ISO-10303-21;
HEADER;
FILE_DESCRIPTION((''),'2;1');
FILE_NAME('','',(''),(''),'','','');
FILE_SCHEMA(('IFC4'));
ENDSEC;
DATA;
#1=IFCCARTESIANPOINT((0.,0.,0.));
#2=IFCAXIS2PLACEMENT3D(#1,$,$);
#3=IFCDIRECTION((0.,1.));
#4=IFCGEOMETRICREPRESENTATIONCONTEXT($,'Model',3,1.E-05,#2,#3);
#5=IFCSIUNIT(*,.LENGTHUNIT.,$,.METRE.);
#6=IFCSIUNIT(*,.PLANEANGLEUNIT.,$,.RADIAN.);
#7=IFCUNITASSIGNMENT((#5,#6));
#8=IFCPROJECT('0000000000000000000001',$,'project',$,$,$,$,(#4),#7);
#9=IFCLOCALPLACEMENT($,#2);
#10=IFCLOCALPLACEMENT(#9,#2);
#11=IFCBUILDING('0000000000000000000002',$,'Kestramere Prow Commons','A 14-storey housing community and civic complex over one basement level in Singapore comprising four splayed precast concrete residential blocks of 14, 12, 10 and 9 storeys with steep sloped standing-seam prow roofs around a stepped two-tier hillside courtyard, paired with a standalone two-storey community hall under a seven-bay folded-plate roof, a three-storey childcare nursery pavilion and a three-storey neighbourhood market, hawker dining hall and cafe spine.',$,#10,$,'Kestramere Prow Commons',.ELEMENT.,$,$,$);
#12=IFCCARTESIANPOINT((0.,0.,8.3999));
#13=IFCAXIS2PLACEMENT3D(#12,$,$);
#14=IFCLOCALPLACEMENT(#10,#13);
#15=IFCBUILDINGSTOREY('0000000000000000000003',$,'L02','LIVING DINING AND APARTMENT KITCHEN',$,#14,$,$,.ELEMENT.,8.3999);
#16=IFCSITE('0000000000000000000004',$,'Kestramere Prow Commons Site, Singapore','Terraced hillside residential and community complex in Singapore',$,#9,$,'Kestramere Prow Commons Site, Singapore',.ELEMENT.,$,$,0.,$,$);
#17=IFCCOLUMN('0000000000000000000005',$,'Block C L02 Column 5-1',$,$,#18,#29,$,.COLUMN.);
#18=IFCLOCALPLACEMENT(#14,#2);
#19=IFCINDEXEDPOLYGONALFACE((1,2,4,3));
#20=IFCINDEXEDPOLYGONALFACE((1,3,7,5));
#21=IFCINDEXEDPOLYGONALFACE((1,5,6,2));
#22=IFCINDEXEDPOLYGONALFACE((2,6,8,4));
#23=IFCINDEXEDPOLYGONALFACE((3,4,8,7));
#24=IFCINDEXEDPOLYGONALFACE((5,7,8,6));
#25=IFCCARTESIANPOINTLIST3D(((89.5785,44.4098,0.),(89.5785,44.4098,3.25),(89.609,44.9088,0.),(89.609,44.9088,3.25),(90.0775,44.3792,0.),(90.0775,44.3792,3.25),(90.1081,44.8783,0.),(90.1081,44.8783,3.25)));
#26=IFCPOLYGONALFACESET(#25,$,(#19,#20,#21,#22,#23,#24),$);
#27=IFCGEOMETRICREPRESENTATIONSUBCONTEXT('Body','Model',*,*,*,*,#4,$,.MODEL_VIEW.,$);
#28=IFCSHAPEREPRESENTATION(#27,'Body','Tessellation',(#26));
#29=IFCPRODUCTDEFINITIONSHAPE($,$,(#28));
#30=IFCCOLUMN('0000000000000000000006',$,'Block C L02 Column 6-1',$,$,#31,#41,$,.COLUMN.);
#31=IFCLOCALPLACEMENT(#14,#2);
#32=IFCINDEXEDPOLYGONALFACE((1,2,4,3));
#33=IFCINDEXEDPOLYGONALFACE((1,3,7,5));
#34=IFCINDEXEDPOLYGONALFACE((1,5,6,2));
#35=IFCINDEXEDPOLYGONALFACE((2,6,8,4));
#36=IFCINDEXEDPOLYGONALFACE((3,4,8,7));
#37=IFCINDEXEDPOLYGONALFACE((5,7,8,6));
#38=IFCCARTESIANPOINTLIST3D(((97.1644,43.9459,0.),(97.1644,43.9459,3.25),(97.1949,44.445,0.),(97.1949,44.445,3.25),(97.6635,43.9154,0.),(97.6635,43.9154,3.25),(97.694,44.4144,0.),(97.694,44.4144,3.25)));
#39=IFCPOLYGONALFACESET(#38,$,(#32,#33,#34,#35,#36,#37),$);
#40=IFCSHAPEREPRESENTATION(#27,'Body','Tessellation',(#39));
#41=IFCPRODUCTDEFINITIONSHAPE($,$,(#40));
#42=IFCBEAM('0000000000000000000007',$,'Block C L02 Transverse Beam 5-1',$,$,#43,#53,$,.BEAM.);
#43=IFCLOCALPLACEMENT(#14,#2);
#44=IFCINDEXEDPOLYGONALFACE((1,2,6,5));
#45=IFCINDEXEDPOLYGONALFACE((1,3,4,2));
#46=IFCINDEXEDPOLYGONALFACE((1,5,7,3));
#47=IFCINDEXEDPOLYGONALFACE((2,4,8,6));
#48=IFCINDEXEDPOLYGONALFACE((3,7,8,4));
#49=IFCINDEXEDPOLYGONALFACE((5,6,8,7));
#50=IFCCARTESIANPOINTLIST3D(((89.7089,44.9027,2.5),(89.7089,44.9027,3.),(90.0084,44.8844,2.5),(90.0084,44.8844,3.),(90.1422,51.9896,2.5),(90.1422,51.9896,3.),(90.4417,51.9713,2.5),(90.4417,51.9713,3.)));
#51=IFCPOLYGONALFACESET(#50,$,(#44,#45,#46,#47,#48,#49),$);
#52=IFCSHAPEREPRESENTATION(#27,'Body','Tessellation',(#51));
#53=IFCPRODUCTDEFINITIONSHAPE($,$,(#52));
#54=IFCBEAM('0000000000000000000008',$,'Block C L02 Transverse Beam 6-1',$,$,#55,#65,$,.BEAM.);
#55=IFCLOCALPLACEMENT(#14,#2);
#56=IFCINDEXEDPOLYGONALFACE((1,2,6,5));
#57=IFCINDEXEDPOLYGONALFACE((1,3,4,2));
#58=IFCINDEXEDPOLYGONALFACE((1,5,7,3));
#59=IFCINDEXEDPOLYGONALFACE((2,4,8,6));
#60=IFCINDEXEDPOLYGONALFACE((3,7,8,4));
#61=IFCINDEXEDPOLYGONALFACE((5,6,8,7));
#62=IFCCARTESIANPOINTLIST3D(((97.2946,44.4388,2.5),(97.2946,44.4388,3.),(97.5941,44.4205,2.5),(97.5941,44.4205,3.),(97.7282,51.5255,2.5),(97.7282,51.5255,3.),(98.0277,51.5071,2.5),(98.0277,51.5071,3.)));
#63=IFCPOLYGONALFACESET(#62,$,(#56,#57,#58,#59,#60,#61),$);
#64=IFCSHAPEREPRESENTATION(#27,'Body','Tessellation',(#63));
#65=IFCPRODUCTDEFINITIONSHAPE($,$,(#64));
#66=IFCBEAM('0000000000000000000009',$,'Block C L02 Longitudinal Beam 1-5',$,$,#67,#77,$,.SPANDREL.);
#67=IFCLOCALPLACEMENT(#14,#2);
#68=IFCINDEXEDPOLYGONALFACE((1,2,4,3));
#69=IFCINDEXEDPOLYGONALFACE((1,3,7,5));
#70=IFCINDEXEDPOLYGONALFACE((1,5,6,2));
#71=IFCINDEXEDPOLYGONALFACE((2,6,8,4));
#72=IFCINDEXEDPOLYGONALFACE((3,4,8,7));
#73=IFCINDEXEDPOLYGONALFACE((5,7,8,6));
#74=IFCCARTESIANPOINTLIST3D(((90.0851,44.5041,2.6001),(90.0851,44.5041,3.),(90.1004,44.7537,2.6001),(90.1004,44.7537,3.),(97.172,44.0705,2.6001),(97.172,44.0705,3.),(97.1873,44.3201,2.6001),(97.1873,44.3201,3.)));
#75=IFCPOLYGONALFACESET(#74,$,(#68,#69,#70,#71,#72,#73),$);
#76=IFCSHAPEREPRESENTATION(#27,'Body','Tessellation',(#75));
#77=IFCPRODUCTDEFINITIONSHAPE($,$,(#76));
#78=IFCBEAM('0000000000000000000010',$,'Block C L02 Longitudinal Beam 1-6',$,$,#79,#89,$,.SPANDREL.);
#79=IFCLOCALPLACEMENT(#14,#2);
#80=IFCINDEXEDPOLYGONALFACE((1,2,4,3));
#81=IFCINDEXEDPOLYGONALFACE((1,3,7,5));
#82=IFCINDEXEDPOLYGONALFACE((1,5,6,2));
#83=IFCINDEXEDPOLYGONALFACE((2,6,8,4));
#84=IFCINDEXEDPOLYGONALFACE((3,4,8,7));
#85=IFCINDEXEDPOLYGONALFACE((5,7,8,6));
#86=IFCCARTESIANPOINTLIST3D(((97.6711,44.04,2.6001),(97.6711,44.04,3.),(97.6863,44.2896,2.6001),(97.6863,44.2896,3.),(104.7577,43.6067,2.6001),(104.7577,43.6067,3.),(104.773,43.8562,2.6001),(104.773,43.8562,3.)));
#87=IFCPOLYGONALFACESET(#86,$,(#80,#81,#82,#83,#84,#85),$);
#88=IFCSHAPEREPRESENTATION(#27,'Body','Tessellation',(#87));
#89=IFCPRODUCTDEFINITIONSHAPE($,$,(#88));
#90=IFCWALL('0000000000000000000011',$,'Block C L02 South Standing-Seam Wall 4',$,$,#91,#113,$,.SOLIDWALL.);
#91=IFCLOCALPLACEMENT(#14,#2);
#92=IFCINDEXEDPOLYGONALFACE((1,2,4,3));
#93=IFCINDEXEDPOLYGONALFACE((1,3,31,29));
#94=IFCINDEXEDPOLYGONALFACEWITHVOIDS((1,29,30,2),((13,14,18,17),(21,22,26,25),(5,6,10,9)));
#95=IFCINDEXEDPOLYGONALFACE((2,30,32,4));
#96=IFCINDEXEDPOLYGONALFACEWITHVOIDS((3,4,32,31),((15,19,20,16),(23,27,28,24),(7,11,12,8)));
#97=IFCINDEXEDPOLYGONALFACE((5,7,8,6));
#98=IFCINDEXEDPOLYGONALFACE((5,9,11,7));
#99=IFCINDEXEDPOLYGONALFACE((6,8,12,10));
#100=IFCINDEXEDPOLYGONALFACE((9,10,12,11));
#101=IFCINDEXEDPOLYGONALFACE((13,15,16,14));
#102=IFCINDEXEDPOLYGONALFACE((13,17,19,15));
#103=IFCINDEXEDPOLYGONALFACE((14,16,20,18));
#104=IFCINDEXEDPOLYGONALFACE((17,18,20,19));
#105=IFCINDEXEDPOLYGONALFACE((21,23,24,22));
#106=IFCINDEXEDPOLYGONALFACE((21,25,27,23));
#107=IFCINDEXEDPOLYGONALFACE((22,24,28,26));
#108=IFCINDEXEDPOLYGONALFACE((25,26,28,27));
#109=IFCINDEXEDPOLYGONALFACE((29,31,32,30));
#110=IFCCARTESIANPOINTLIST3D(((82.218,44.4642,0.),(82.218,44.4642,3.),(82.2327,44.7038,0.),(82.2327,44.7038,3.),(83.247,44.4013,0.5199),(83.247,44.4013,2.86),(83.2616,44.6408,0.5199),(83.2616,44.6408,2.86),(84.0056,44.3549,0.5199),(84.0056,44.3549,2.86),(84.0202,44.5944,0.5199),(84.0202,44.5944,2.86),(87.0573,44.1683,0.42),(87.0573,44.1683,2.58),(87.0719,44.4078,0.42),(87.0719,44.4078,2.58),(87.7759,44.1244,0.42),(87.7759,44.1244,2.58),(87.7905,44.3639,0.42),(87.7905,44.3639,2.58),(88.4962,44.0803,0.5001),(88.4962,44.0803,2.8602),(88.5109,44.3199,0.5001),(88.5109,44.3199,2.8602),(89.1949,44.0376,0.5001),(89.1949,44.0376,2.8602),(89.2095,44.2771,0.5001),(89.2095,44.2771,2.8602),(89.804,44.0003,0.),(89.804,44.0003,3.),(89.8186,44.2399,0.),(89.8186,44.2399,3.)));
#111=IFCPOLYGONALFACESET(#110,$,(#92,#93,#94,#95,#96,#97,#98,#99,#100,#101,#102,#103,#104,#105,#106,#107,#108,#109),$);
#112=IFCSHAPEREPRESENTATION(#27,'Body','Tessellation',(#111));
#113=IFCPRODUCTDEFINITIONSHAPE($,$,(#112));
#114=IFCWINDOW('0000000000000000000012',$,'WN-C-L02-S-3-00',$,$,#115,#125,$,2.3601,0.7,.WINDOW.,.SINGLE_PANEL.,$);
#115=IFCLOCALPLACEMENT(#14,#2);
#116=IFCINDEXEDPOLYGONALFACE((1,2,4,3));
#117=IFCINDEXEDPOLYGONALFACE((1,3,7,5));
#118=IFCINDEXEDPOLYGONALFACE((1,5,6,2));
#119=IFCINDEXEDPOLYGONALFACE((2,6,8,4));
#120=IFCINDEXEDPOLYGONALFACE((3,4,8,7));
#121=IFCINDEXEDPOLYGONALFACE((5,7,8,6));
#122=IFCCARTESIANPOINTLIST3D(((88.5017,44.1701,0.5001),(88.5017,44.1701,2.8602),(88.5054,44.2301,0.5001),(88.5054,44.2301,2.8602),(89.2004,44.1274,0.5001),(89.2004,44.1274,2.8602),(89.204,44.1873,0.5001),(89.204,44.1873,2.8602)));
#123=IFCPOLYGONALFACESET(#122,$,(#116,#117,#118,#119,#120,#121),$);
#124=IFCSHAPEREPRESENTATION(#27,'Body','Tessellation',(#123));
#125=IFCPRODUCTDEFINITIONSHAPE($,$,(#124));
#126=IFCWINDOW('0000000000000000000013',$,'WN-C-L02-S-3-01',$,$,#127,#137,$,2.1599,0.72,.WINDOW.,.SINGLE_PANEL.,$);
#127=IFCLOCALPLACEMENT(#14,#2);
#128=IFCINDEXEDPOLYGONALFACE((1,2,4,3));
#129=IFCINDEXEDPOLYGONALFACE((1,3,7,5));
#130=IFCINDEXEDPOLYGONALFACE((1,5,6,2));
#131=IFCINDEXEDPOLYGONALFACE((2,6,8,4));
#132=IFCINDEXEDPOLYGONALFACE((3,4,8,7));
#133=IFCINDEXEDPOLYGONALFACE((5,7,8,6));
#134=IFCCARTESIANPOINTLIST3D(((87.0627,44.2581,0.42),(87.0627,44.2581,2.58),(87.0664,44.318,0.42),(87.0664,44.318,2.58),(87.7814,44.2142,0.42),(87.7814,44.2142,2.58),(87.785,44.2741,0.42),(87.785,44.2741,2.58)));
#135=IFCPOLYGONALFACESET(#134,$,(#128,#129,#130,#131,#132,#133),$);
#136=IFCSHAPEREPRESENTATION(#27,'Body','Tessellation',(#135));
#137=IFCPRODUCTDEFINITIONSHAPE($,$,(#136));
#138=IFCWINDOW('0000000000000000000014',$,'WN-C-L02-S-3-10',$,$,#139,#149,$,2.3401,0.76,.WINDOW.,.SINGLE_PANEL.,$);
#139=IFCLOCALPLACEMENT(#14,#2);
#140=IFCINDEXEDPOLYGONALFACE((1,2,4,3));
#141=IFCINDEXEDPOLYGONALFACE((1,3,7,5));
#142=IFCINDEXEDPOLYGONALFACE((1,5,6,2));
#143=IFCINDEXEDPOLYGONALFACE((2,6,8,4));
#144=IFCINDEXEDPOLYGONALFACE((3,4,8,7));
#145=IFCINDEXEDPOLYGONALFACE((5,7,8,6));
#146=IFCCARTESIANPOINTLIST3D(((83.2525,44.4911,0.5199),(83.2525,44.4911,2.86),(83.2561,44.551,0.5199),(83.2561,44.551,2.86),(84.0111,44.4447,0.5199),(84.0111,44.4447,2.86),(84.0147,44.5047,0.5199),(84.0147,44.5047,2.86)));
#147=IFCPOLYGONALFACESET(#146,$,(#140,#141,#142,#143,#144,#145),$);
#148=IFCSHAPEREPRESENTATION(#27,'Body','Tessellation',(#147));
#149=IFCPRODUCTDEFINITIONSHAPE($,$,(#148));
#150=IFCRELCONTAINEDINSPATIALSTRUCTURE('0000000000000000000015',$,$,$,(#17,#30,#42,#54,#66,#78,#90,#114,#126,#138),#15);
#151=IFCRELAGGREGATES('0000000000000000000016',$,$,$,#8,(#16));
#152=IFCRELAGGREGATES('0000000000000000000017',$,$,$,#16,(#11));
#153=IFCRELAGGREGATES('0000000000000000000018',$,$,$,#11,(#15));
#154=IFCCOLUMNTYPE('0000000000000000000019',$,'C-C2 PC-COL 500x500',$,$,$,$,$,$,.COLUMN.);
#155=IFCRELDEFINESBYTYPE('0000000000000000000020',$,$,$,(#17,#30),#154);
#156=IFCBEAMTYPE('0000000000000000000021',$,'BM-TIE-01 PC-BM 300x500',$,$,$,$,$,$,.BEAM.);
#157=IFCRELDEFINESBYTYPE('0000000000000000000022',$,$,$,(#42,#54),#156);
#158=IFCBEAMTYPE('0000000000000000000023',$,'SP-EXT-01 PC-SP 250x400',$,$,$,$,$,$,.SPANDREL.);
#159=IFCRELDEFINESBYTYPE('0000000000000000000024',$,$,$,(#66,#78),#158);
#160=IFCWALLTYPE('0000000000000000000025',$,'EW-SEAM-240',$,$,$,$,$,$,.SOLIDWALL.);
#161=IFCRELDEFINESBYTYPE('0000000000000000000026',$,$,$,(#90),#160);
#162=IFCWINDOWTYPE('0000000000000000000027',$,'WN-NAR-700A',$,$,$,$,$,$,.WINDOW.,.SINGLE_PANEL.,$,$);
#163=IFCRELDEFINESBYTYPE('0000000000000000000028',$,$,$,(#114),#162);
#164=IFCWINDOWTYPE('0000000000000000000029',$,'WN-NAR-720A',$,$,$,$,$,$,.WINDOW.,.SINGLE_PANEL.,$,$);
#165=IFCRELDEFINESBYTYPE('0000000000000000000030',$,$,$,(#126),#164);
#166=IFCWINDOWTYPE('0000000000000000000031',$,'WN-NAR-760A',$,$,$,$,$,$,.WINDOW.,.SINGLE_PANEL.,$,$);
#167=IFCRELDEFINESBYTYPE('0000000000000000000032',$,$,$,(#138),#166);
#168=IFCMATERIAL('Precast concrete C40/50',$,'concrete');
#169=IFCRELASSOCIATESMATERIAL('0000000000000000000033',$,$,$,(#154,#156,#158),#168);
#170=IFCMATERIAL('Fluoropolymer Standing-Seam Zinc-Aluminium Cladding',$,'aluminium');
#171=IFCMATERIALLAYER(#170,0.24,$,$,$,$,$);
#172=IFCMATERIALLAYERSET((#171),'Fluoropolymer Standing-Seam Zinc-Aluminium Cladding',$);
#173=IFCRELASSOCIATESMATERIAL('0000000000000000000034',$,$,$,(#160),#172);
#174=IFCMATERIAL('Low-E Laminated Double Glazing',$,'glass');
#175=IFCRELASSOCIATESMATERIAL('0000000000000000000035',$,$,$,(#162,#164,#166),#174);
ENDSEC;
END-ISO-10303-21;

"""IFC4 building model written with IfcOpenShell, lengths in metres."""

from ifc_helpers import new_model, si_unit, direction, frame, frame_2d, origin, origin_2d, place, context, subcontext, project, spatial, rectangle, extrude, material, layer, layer_set, material_profile, profile_set, type_object, element, fill, save


model = new_model("IFC4")

# Units and contexts
model_context = context("Model", 3, precision=1e-05, world=origin(), true_north=direction((0.0, 1.0)))
body_context = subcontext(model_context, "Body", "Model", "MODEL_VIEW")
ifc_project = project(units=[si_unit("LENGTHUNIT", "METRE"), si_unit("PLANEANGLEUNIT", "RADIAN")], contexts=[model_context])

# Site, building, storey
site_placement = place(None, origin())
site = spatial("IfcSite", under=ifc_project, at=site_placement, Name="Kestramere Prow Commons Site, Singapore", Description="Terraced hillside residential and community complex in Singapore", LongName="Kestramere Prow Commons Site, Singapore", CompositionType="ELEMENT", RefElevation=0.0)
building_placement = place(site_placement, origin())
building = spatial("IfcBuilding", under=site, at=building_placement, Name="Kestramere Prow Commons", Description="A 14-storey housing community and civic complex over one basement level in Singapore comprising four splayed precast concrete residential blocks of 14, 12, 10 and 9 storeys with steep sloped standing-seam prow roofs around a stepped two-tier hillside courtyard, paired with a standalone two-storey community hall under a seven-bay folded-plate roof, a three-storey childcare nursery pavilion and a three-storey neighbourhood market, hawker dining hall and cafe spine.", LongName="Kestramere Prow Commons", CompositionType="ELEMENT")
storey_placement = place(building_placement, frame((0.0, 0.0, 8.3999)))
storey = spatial("IfcBuildingStorey", under=building, at=storey_placement, Name="L02", Description="LIVING DINING AND APARTMENT KITCHEN", CompositionType="ELEMENT", Elevation=8.3999)

# Columns
ifc_material_1 = material(Name="Precast concrete C40/50", Category="concrete")
ifc_material_profile_1 = material_profile(ifc_material_1, rectangle(XDim=0.5, YDim=0.5, at=origin_2d()), Name="PC-COL 500x500")
ifc_profile_set_1 = profile_set([ifc_material_profile_1], Name="Precast concrete C40/50")
column_type = type_object("IfcColumnType", Name="C-C2 PC-COL 500x500", PredefinedType="COLUMN", material=ifc_profile_set_1)
for number, where, z_axis, x_axis, name in (
    (1, (89.8433, 44.644, 0.0), (0.0, 0.0, 1.0), (0.998135, -0.061049, 0.0), "Block C L02 Column 5-1"),
    (2, (97.4292, 44.1802, 0.0), (0.0, 0.0, 1.0), (0.998135, -0.061049, 0.0), "Block C L02 Column 6-1"),
):
    element("IfcColumn", number, at=place(storey_placement, frame(where, z_axis=z_axis, x_axis=x_axis)), inside=storey, type_object=column_type, Name=name, PredefinedType="COLUMN", context=body_context, shape_type="SweptSolid", body=[
        extrude(rectangle(XDim=0.5, YDim=0.5, at=origin_2d()), origin(), (0.0, 0.0, 1.0), 3.25),
    ])

# Beams
ifc_material_profile_2 = material_profile(ifc_material_1, rectangle(XDim=0.3, YDim=0.5, at=origin_2d()), Name="PC-BM 300x500")
ifc_profile_set_2 = profile_set([ifc_material_profile_2], Name="Precast concrete C40/50")
beam_type_1 = type_object("IfcBeamType", Name="BM-TIE-01 PC-BM 300x500", PredefinedType="BEAM", material=ifc_profile_set_2)
beam_1_placement = place(storey_placement, frame((89.8586, 44.8936, 2.75), z_axis=(0.061034, 0.998136, 0.0), x_axis=(-0.998136, 0.061034, 0.0)))
element("IfcBeam", 3, at=beam_1_placement, inside=storey, type_object=beam_type_1, Name="Block C L02 Transverse Beam 5-1", PredefinedType="BEAM", context=body_context, shape_type="SweptSolid", body=[
    extrude(rectangle(XDim=0.3, YDim=0.5, at=origin_2d()), origin(), (0.0, 0.0, 1.0), 7.1001),
])
beam_2_placement = place(storey_placement, frame((97.4443, 44.4297, 2.75), z_axis=(0.06107, 0.998133, 0.0), x_axis=(-0.998133, 0.06107, 0.0)))
element("IfcBeam", 4, at=beam_2_placement, inside=storey, type_object=beam_type_1, Name="Block C L02 Transverse Beam 6-1", PredefinedType="BEAM", context=body_context, shape_type="SweptSolid", body=[
    extrude(rectangle(XDim=0.3, YDim=0.5, at=origin_2d()), origin(), (0.0, 0.0, 1.0), 7.0999),
])
ifc_material_profile_3 = material_profile(ifc_material_1, rectangle(XDim=0.25, YDim=0.3999, at=origin_2d()), Name="PC-SP 250x400")
ifc_profile_set_3 = profile_set([ifc_material_profile_3], Name="Precast concrete C40/50")
beam_type_2 = type_object("IfcBeamType", Name="SP-EXT-01 PC-SP 250x400", PredefinedType="SPANDREL", material=ifc_profile_set_3)
beam_3_placement = place(storey_placement, frame((90.0928, 44.6289, 2.8), z_axis=(0.998134, -0.061068, 0.0), x_axis=(0.061068, 0.998134, 0.0)))
element("IfcBeam", 5, at=beam_3_placement, inside=storey, type_object=beam_type_2, Name="Block C L02 Longitudinal Beam 1-5", PredefinedType="SPANDREL", context=body_context, shape_type="SweptSolid", body=[
    extrude(rectangle(XDim=0.25, YDim=0.3999, at=origin_2d()), origin(), (0.0, 0.0, 1.0), 7.1001),
])
beam_4_placement = place(storey_placement, frame((97.6787, 44.1648, 2.8), z_axis=(0.998136, -0.061036, 0.0), x_axis=(0.061036, 0.998136, 0.0)))
element("IfcBeam", 6, at=beam_4_placement, inside=storey, type_object=beam_type_2, Name="Block C L02 Longitudinal Beam 1-6", PredefinedType="SPANDREL", context=body_context, shape_type="SweptSolid", body=[
    extrude(rectangle(XDim=0.25, YDim=0.3999, at=origin_2d()), origin(), (0.0, 0.0, 1.0), 7.0999),
])

# Wall, openings, windows
ifc_material_2 = material(Name="Fluoropolymer Standing-Seam Zinc-Aluminium Cladding", Category="aluminium")
ifc_layer_1 = layer(ifc_material_2, 0.24)
ifc_layer_set_1 = layer_set([ifc_layer_1], Name="Fluoropolymer Standing-Seam Zinc-Aluminium Cladding")
wall_type_1 = type_object("IfcWallType", Name="EW-SEAM-240", PredefinedType="SOLIDWALL", material=ifc_layer_set_1)
wall_1_placement = place(storey_placement, frame((89.8113, 44.1201, 0.0), z_axis=(0.0, 0.0, 1.0), x_axis=(-0.998136, 0.061034, 0.0)))
wall_1 = element("IfcWall", 7, at=wall_1_placement, inside=storey, type_object=wall_type_1, Name="Block C L02 South Standing-Seam Wall 4", PredefinedType="SOLIDWALL", context=body_context, shape_type="SweptSolid", body=[
    extrude(rectangle(XDim=7.6001, YDim=0.24, at=frame_2d((3.8, 0.0))), origin(), (0.0, 0.0, 1.0), 3.0),
])
opening_1_placement = place(wall_1_placement, frame((0.6101, 0.0, 0.5)))
opening_1 = element("IfcOpeningElement", 8, at=opening_1_placement, cuts=wall_1, PredefinedType="OPENING", context=body_context, shape_type="SweptSolid", body=[
    extrude(rectangle(XDim=0.7, YDim=2.3601, at=frame_2d((0.3501, 1.1802))), frame((0.0, 0.135, 0.0), z_axis=(0.0, -1.0, 0.0), x_axis=(1.0, 0.0, 0.0)), (0.0, 0.0, 1.0), 0.27),
])
opening_2_placement = place(wall_1_placement, frame((2.032, 0.0, 0.4199)))
opening_2 = element("IfcOpeningElement", 9, at=opening_2_placement, cuts=wall_1, PredefinedType="OPENING", context=body_context, shape_type="SweptSolid", body=[
    extrude(rectangle(XDim=0.72, YDim=2.1599, at=frame_2d((0.3599, 1.0801))), frame((0.0, 0.135, 0.0), z_axis=(0.0, -1.0, 0.0), x_axis=(1.0, 0.0, 0.0)), (0.0, 0.0, 1.0), 0.27),
])
opening_3_placement = place(wall_1_placement, frame((5.8093, 0.0, 0.52)))
opening_3 = element("IfcOpeningElement", 10, at=opening_3_placement, cuts=wall_1, PredefinedType="OPENING", context=body_context, shape_type="SweptSolid", body=[
    extrude(rectangle(XDim=0.76, YDim=2.3401, at=frame_2d((0.3799, 1.1699))), frame((0.0, 0.135, 0.0), z_axis=(0.0, -1.0, 0.0), x_axis=(1.0, 0.0, 0.0)), (0.0, 0.0, 1.0), 0.27),
])
ifc_material_3 = material(Name="Low-E Laminated Double Glazing", Category="glass")
window_type_1 = type_object("IfcWindowType", Name="WN-NAR-700A", PartitioningType="SINGLE_PANEL", PredefinedType="WINDOW", material=ifc_material_3)
window_1_placement = place(opening_1_placement, origin())
window_1 = element("IfcWindow", 11, at=window_1_placement, inside=storey, type_object=window_type_1, Name="WN-C-L02-S-3-00", OverallHeight=2.3601, OverallWidth=0.7, PartitioningType="SINGLE_PANEL", PredefinedType="WINDOW", context=body_context, shape_type="SweptSolid", body=[
    extrude(rectangle(XDim=0.7, YDim=2.3601, at=frame_2d((0.3501, 1.1802))), frame((0.0, 0.03, 0.0), z_axis=(0.0, -1.0, 0.0), x_axis=(1.0, 0.0, 0.0)), (0.0, 0.0, 1.0), 0.0601),
])
fill(opening_1, window_1)
window_type_2 = type_object("IfcWindowType", Name="WN-NAR-720A", PartitioningType="SINGLE_PANEL", PredefinedType="WINDOW", material=ifc_material_3)
window_2_placement = place(opening_2_placement, origin())
window_2 = element("IfcWindow", 12, at=window_2_placement, inside=storey, type_object=window_type_2, Name="WN-C-L02-S-3-01", OverallHeight=2.1599, OverallWidth=0.72, PartitioningType="SINGLE_PANEL", PredefinedType="WINDOW", context=body_context, shape_type="SweptSolid", body=[
    extrude(rectangle(XDim=0.72, YDim=2.1599, at=frame_2d((0.3599, 1.0801))), frame((0.0, 0.03, 0.0), z_axis=(0.0, -1.0, 0.0), x_axis=(1.0, 0.0, 0.0)), (0.0, 0.0, 1.0), 0.0601),
])
fill(opening_2, window_2)
window_type_3 = type_object("IfcWindowType", Name="WN-NAR-760A", PartitioningType="SINGLE_PANEL", PredefinedType="WINDOW", material=ifc_material_3)
window_3_placement = place(opening_3_placement, origin())
window_3 = element("IfcWindow", 13, at=window_3_placement, inside=storey, type_object=window_type_3, Name="WN-C-L02-S-3-10", OverallHeight=2.3401, OverallWidth=0.76, PartitioningType="SINGLE_PANEL", PredefinedType="WINDOW", context=body_context, shape_type="SweptSolid", body=[
    extrude(rectangle(XDim=0.76, YDim=2.3401, at=frame_2d((0.3799, 1.1699))), frame((0.0, 0.03, 0.0), z_axis=(0.0, -1.0, 0.0), x_axis=(1.0, 0.0, 0.0)), (0.0, 0.0, 1.0), 0.0601),
])
fill(opening_3, window_3)

save(model, "model.ifc")
